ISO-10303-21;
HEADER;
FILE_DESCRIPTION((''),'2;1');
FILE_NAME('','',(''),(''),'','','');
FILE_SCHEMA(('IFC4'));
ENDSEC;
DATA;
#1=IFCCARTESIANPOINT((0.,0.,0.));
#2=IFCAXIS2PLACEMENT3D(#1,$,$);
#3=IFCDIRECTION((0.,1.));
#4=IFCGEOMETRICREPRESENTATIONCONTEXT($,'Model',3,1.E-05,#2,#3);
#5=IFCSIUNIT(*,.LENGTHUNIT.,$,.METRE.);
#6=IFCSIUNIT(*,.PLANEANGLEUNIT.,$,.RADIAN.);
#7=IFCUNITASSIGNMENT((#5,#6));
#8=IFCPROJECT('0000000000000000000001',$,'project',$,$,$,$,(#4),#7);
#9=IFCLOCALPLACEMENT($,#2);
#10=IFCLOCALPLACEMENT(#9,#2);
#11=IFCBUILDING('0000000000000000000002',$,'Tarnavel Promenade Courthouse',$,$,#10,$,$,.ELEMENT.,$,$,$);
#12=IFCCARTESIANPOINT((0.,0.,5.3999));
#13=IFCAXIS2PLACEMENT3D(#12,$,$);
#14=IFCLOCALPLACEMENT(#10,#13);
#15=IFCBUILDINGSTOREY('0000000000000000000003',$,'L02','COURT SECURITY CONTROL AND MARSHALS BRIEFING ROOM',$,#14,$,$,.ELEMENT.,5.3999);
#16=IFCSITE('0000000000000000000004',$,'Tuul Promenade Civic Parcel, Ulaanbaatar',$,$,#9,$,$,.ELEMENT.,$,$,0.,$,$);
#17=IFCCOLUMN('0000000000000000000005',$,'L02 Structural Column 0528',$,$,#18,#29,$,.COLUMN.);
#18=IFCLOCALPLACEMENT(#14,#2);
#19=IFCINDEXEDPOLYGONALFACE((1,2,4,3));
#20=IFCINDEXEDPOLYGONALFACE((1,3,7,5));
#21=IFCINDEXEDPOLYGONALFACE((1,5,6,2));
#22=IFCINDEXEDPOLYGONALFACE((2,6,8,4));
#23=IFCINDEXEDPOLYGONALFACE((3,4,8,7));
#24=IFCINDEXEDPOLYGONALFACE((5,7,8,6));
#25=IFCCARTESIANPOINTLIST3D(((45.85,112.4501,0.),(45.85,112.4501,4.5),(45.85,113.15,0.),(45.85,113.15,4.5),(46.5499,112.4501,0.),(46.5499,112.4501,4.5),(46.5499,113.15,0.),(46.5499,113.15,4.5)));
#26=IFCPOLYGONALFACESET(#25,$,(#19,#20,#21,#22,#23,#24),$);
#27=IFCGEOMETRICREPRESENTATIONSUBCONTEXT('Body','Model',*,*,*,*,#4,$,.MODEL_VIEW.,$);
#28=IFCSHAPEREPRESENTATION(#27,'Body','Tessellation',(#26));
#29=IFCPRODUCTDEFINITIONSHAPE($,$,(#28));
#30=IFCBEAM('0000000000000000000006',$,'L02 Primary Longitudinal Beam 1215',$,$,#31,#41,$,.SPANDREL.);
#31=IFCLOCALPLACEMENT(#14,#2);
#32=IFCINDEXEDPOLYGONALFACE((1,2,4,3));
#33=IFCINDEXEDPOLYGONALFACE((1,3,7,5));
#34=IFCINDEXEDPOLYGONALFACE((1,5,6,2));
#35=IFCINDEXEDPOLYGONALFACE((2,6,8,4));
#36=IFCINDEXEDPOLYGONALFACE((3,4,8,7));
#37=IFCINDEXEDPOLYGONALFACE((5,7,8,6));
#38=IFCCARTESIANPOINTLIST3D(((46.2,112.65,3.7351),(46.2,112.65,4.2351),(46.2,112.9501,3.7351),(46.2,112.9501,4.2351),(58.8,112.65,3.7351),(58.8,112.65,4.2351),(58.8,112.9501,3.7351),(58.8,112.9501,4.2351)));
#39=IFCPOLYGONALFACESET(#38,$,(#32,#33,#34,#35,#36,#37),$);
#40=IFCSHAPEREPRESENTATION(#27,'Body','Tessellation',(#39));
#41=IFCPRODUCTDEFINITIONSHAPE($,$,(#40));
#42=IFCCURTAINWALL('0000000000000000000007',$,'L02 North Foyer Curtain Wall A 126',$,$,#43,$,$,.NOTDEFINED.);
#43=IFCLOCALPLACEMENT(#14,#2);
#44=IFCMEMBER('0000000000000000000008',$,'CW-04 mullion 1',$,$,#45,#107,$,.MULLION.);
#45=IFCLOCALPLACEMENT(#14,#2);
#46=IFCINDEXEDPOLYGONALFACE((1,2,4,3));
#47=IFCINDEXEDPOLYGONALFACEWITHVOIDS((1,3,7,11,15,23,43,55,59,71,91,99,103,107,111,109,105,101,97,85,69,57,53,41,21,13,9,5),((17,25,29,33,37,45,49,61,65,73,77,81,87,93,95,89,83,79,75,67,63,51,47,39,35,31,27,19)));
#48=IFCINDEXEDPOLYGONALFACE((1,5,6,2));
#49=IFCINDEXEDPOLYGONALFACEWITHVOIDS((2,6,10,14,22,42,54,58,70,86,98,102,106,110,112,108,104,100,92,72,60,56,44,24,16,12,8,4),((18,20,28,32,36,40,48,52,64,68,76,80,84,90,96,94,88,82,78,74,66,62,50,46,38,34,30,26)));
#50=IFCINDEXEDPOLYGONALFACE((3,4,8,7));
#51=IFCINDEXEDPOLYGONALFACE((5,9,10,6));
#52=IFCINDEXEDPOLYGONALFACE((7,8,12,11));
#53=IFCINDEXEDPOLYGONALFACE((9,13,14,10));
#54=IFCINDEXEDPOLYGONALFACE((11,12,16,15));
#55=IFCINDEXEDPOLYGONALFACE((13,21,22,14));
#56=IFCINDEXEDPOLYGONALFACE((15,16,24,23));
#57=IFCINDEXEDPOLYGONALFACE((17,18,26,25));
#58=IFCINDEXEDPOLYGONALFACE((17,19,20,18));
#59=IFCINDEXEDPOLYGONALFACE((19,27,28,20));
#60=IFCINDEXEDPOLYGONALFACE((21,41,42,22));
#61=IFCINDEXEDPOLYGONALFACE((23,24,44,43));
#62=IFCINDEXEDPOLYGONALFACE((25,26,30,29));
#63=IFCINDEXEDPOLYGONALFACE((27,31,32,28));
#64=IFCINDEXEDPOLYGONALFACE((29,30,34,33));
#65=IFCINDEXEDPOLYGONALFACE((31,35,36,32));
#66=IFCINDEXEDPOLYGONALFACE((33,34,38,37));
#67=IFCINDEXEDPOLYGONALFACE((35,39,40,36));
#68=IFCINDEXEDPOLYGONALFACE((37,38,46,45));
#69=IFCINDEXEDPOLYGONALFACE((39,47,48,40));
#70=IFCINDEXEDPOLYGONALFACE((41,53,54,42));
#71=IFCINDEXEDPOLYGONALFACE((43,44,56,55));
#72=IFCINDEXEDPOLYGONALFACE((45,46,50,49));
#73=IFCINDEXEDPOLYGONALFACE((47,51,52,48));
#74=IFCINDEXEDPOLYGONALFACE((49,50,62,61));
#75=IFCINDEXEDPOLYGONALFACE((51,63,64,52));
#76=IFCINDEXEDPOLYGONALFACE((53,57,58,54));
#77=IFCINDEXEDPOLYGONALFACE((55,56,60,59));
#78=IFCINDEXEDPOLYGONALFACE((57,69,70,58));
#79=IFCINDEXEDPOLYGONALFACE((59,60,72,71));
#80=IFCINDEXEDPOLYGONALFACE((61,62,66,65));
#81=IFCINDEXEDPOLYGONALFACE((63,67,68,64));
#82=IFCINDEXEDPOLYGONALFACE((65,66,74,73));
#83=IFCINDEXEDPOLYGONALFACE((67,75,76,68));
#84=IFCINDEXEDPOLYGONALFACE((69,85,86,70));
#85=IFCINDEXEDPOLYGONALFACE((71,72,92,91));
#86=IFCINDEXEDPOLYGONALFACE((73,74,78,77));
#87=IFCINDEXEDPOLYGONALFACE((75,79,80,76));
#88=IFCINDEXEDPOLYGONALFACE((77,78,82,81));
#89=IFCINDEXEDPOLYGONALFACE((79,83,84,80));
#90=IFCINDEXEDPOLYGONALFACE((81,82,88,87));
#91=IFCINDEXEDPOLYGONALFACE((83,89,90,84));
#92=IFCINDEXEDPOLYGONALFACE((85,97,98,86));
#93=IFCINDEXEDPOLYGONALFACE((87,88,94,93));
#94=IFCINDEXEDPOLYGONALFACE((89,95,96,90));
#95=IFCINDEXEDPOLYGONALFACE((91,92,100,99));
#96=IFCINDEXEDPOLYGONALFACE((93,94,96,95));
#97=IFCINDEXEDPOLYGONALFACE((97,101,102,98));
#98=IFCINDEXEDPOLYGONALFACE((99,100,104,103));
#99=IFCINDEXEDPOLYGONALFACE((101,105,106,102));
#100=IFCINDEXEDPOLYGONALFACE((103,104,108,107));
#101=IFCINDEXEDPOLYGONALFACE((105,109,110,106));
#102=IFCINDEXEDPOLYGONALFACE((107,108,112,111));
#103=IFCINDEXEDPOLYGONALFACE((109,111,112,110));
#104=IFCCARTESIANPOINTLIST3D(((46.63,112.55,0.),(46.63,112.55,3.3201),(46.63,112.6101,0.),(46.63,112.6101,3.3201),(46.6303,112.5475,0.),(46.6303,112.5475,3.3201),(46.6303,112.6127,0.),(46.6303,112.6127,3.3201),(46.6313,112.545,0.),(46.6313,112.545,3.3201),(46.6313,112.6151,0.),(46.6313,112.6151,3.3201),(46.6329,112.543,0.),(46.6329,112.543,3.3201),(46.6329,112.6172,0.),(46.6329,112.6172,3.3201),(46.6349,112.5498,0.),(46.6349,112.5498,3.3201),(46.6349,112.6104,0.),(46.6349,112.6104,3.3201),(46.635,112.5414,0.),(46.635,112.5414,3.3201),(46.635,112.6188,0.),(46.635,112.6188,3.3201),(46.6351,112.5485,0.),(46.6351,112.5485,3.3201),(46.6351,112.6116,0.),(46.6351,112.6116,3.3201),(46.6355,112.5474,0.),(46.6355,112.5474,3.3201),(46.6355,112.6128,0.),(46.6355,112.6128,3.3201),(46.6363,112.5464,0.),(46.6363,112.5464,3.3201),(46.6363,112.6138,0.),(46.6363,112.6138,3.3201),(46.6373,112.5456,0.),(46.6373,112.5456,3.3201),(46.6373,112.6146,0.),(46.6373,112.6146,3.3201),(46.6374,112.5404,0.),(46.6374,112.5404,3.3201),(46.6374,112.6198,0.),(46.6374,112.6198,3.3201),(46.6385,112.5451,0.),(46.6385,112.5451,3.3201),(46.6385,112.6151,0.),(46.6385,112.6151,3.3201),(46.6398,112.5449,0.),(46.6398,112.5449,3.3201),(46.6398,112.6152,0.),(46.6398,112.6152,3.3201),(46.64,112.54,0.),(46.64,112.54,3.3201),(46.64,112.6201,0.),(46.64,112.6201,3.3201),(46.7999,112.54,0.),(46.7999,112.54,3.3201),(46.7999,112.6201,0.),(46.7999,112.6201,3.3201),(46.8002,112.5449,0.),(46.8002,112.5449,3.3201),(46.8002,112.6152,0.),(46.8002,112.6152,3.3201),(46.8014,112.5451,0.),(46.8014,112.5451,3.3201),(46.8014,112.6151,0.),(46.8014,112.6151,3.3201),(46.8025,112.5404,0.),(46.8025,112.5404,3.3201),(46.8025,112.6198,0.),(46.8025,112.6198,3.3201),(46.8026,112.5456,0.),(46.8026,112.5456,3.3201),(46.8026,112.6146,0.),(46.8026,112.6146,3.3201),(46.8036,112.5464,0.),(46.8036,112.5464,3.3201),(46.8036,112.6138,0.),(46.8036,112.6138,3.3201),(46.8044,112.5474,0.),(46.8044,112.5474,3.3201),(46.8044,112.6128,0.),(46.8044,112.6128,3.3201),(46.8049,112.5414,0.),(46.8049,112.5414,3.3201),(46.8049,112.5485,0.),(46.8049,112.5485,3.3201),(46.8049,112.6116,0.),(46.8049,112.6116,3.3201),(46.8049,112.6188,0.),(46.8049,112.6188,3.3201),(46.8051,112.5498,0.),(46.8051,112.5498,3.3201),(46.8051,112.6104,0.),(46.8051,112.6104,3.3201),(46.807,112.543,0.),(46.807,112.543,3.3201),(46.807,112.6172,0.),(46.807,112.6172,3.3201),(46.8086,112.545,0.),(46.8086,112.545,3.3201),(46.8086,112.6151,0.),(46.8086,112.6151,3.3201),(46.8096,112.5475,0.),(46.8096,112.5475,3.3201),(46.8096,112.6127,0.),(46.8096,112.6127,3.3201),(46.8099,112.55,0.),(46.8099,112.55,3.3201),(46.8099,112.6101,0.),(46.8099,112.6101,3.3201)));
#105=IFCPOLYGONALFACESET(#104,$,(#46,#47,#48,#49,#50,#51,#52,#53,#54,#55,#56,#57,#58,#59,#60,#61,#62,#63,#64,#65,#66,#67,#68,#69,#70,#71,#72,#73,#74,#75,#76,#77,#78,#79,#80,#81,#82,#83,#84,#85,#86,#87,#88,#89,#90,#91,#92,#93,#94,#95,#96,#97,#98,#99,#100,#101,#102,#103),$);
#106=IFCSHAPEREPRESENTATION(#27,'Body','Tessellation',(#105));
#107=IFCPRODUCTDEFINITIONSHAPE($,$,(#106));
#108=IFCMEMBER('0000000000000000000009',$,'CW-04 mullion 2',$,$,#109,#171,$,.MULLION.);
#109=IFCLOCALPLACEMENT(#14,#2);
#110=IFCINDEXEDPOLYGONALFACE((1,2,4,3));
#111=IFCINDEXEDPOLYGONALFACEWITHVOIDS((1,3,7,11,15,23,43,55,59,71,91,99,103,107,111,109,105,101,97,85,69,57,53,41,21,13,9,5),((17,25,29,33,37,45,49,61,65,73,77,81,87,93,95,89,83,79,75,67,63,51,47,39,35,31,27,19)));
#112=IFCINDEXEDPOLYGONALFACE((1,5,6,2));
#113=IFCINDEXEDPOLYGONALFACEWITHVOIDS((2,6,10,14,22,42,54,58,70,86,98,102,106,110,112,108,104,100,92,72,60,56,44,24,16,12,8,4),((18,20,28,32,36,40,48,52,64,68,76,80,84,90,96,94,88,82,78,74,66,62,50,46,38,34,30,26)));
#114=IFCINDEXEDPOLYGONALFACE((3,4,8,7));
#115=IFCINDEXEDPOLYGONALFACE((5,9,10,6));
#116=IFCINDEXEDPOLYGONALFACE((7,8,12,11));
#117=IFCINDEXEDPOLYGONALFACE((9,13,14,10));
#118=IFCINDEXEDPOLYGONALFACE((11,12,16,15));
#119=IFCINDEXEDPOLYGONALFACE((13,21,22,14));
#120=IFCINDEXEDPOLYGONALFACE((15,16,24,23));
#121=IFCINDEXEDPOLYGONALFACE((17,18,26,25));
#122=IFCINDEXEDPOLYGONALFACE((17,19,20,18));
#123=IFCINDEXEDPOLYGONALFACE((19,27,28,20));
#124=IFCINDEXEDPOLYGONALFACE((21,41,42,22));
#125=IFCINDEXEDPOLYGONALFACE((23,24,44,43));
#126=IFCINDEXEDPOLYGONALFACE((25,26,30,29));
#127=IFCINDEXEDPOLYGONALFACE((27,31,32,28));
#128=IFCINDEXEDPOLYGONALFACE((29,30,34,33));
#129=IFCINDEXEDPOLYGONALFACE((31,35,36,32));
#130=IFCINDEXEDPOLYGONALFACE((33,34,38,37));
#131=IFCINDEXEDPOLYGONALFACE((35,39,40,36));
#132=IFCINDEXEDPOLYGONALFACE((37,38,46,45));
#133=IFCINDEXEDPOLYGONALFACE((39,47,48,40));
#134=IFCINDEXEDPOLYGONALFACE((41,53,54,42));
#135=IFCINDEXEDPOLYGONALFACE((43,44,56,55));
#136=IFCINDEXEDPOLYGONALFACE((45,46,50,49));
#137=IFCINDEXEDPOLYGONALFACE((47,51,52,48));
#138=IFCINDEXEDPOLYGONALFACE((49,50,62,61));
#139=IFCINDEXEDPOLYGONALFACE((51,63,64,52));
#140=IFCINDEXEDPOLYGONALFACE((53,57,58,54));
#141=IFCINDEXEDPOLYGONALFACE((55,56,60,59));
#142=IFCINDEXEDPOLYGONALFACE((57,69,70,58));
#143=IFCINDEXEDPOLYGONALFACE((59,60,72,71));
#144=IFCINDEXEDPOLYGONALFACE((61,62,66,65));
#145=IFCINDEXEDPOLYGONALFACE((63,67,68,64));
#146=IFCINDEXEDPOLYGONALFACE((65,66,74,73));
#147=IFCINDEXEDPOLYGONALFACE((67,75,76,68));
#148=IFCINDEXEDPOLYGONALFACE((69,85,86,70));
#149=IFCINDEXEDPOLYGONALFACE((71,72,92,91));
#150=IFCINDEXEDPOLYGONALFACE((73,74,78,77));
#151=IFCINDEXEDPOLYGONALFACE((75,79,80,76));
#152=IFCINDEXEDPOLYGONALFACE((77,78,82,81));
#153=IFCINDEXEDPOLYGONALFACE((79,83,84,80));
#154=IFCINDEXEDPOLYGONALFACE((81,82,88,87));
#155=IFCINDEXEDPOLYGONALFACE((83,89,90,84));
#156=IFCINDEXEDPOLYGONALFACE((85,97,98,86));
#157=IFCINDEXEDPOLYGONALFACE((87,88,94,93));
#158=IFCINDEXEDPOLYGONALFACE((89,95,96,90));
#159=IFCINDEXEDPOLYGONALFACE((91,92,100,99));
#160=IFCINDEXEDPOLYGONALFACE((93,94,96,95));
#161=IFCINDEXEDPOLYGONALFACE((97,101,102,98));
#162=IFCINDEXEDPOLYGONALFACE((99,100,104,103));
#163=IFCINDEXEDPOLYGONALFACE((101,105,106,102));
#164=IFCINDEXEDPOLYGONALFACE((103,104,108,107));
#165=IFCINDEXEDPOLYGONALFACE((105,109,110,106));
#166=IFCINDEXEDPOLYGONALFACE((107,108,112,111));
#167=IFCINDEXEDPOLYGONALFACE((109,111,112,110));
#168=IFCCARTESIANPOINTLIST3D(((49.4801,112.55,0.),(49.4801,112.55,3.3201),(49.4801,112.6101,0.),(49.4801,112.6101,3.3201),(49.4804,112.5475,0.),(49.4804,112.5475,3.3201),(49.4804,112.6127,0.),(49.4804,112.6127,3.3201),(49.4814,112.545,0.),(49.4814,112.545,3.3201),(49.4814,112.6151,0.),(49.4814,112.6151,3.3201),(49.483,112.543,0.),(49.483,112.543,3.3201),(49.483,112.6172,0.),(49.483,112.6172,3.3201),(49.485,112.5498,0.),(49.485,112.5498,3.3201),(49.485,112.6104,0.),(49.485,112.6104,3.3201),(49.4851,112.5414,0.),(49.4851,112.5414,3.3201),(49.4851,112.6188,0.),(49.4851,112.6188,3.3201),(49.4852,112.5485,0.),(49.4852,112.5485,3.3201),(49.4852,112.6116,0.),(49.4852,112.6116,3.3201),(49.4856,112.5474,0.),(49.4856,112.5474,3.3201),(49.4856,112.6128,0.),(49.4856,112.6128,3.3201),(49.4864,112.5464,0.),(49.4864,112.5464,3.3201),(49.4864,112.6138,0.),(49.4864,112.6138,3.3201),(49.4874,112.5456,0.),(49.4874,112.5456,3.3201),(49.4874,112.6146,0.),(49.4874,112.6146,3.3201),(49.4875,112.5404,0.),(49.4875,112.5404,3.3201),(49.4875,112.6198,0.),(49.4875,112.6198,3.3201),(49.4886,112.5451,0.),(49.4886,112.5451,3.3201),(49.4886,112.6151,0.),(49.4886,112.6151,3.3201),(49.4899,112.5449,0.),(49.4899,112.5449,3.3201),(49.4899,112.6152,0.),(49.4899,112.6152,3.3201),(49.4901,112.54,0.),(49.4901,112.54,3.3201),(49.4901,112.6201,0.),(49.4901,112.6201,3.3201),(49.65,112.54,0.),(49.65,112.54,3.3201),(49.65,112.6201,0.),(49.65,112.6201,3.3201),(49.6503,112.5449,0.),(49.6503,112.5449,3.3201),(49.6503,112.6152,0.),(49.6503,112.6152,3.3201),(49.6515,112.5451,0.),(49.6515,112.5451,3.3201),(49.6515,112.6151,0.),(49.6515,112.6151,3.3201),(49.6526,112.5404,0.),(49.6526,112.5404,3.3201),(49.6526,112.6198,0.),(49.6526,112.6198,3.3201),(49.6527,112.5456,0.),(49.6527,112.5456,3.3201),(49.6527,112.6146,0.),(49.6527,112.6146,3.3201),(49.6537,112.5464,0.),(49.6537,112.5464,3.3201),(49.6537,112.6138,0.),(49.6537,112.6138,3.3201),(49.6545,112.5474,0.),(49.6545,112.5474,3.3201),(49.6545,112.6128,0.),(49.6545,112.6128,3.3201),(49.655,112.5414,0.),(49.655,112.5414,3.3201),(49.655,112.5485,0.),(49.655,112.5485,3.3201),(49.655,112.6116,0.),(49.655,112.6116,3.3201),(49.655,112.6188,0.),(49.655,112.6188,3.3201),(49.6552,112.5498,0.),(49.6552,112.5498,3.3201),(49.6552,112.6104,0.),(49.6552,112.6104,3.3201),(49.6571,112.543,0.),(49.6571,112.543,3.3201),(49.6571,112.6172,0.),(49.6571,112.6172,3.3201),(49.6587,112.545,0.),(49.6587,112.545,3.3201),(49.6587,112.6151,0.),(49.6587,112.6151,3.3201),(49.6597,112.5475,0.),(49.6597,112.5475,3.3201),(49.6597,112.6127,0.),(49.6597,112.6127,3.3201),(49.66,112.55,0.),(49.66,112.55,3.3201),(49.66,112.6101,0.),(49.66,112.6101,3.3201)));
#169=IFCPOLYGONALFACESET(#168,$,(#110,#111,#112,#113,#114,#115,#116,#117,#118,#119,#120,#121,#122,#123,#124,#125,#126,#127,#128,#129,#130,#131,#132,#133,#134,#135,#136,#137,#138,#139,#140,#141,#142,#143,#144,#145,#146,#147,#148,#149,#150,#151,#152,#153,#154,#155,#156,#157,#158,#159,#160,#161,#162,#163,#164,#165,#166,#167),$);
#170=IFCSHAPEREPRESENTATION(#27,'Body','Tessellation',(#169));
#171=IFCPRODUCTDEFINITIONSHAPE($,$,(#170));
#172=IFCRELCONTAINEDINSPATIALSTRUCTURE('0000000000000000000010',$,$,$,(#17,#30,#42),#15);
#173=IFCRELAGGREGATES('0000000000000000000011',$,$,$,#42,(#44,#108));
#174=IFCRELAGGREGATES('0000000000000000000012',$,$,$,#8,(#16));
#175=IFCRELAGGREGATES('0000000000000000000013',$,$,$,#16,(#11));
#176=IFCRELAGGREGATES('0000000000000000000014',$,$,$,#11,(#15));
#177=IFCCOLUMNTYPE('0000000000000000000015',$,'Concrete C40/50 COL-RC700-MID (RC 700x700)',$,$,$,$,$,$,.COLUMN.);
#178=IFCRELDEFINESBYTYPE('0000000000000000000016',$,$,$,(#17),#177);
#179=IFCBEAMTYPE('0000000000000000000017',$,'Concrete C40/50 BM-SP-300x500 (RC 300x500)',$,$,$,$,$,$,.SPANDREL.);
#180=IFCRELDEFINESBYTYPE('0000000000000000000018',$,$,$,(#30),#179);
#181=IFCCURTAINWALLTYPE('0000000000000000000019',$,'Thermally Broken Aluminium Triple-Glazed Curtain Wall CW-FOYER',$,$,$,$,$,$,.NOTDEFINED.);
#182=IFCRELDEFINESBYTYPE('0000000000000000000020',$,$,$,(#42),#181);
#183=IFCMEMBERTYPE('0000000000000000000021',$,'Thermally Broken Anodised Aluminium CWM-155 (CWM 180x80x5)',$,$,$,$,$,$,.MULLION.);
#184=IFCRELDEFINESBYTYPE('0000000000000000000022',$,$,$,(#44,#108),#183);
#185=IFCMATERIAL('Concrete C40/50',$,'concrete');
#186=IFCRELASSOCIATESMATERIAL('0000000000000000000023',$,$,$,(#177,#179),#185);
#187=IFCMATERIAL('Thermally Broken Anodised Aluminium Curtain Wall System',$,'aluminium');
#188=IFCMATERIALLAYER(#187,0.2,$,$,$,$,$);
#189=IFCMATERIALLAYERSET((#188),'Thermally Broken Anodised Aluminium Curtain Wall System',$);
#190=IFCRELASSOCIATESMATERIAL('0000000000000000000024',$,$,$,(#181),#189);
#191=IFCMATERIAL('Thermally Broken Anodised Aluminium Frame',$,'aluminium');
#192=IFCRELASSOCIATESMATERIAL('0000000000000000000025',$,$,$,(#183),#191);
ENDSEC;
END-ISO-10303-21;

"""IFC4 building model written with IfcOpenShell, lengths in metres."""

from ifc_helpers import new_model, si_unit, direction, frame, origin, origin_2d, place, context, subcontext, project, spatial, rectangle, hollow_rectangle, extrude, material, layer, layer_set, material_profile, profile_set, type_object, element, aggregate, save


model = new_model("IFC4")

# Units and contexts
model_context = context("Model", 3, precision=1e-05, world=origin(), true_north=direction((0.0, 1.0)))
body_context = subcontext(model_context, "Body", "Model", "MODEL_VIEW")
ifc_project = project(units=[si_unit("LENGTHUNIT", "METRE"), si_unit("PLANEANGLEUNIT", "RADIAN")], contexts=[model_context])

# Site, building, storey
site_placement = place(None, origin())
site = spatial("IfcSite", under=ifc_project, at=site_placement, Name="Tuul Promenade Civic Parcel, Ulaanbaatar", CompositionType="ELEMENT", RefElevation=0.0)
building_placement = place(site_placement, origin())
building = spatial("IfcBuilding", under=site, at=building_placement, Name="Tarnavel Promenade Courthouse", CompositionType="ELEMENT")
storey_placement = place(building_placement, frame((0.0, 0.0, 5.3999)))
storey = spatial("IfcBuildingStorey", under=building, at=storey_placement, Name="L02", Description="COURT SECURITY CONTROL AND MARSHALS BRIEFING ROOM", CompositionType="ELEMENT", Elevation=5.3999)

# Column
ifc_material_1 = material(Name="Concrete C40/50", Category="concrete")
ifc_material_profile_1 = material_profile(ifc_material_1, rectangle(XDim=0.7, YDim=0.7, at=origin_2d()), Name="RC 700x700")
ifc_profile_set_1 = profile_set([ifc_material_profile_1], Name="Concrete C40/50")
column_type = type_object("IfcColumnType", Name="Concrete C40/50 COL-RC700-MID (RC 700x700)", PredefinedType="COLUMN", material=ifc_profile_set_1)
column_placement = place(storey_placement, frame((46.2, 112.8, 0.0), z_axis=(0.0, 0.0, 1.0), x_axis=(1.0, 0.0, 0.0)))
element("IfcColumn", 1, at=column_placement, inside=storey, type_object=column_type, Name="L02 Structural Column 0528", PredefinedType="COLUMN", context=body_context, shape_type="SweptSolid", body=[
    extrude(rectangle(XDim=0.7, YDim=0.7, at=origin_2d()), origin(), (0.0, 0.0, 1.0), 4.5),
])

# Beam
ifc_material_profile_2 = material_profile(ifc_material_1, rectangle(XDim=0.3, YDim=0.5, at=origin_2d()), Name="RC 300x500")
ifc_profile_set_2 = profile_set([ifc_material_profile_2], Name="Concrete C40/50")
beam_type = type_object("IfcBeamType", Name="Concrete C40/50 BM-SP-300x500 (RC 300x500)", PredefinedType="SPANDREL", material=ifc_profile_set_2)
beam_placement = place(storey_placement, frame((46.2, 112.8, 3.9851), z_axis=(1.0, 0.0, 0.0), x_axis=(0.0, 1.0, 0.0)))
element("IfcBeam", 2, at=beam_placement, inside=storey, type_object=beam_type, Name="L02 Primary Longitudinal Beam 1215", PredefinedType="SPANDREL", context=body_context, shape_type="SweptSolid", body=[
    extrude(rectangle(XDim=0.3, YDim=0.5, at=origin_2d()), origin(), (0.0, 0.0, 1.0), 12.6001),
])

# Curtain wall, members
ifc_material_2 = material(Name="Thermally Broken Anodised Aluminium Curtain Wall System", Category="aluminium")
ifc_layer_1 = layer(ifc_material_2, 0.2)
ifc_layer_set_1 = layer_set([ifc_layer_1], Name="Thermally Broken Anodised Aluminium Curtain Wall System")
curtain_wall_type = type_object("IfcCurtainWallType", Name="Thermally Broken Aluminium Triple-Glazed Curtain Wall CW-FOYER", PredefinedType="NOTDEFINED", material=ifc_layer_set_1)
curtain_wall_1_placement = place(storey_placement, origin())
curtain_wall_1 = element("IfcCurtainWall", 3, at=curtain_wall_1_placement, inside=storey, type_object=curtain_wall_type, Name="L02 North Foyer Curtain Wall A 126", PredefinedType="NOTDEFINED")
ifc_material_3 = material(Name="Thermally Broken Anodised Aluminium Frame", Category="aluminium")
ifc_material_profile_3 = material_profile(ifc_material_3, hollow_rectangle(XDim=0.0801, YDim=0.1799, WallThickness=0.0049, InnerFilletRadius=0.0049, OuterFilletRadius=0.01, at=origin_2d()), Name="CWM 180x80x5")
ifc_profile_set_3 = profile_set([ifc_material_profile_3], Name="Thermally Broken Anodised Aluminium Frame")
member_type_1 = type_object("IfcMemberType", Name="Thermally Broken Anodised Aluminium CWM-155 (CWM 180x80x5)", PredefinedType="MULLION", material=ifc_profile_set_3)
member_1_placement = place(storey_placement, frame((46.72, 112.5801, 0.0), z_axis=(0.0, 0.0, 1.0), x_axis=(0.0, 1.0, 0.0)))
member_1 = element("IfcMember", 4, at=member_1_placement, type_object=member_type_1, Name="CW-04 mullion 1", PredefinedType="MULLION", context=body_context, shape_type="SweptSolid", body=[
    extrude(hollow_rectangle(XDim=0.0801, YDim=0.1799, WallThickness=0.0049, InnerFilletRadius=0.0049, OuterFilletRadius=0.01, at=origin_2d()), origin(), (0.0, 0.0, 1.0), 3.3201),
])
member_2_placement = place(storey_placement, frame((49.5701, 112.5801, 0.0), z_axis=(0.0, 0.0, 1.0), x_axis=(0.0, 1.0, 0.0)))
member_2 = element("IfcMember", 5, at=member_2_placement, type_object=member_type_1, Name="CW-04 mullion 2", PredefinedType="MULLION", context=body_context, shape_type="SweptSolid", body=[
    extrude(hollow_rectangle(XDim=0.0801, YDim=0.1799, WallThickness=0.0049, InnerFilletRadius=0.0049, OuterFilletRadius=0.01, at=origin_2d()), origin(), (0.0, 0.0, 1.0), 3.3201),
])

aggregate(curtain_wall_1, [member_1, member_2])

save(model, "model.ifc")
